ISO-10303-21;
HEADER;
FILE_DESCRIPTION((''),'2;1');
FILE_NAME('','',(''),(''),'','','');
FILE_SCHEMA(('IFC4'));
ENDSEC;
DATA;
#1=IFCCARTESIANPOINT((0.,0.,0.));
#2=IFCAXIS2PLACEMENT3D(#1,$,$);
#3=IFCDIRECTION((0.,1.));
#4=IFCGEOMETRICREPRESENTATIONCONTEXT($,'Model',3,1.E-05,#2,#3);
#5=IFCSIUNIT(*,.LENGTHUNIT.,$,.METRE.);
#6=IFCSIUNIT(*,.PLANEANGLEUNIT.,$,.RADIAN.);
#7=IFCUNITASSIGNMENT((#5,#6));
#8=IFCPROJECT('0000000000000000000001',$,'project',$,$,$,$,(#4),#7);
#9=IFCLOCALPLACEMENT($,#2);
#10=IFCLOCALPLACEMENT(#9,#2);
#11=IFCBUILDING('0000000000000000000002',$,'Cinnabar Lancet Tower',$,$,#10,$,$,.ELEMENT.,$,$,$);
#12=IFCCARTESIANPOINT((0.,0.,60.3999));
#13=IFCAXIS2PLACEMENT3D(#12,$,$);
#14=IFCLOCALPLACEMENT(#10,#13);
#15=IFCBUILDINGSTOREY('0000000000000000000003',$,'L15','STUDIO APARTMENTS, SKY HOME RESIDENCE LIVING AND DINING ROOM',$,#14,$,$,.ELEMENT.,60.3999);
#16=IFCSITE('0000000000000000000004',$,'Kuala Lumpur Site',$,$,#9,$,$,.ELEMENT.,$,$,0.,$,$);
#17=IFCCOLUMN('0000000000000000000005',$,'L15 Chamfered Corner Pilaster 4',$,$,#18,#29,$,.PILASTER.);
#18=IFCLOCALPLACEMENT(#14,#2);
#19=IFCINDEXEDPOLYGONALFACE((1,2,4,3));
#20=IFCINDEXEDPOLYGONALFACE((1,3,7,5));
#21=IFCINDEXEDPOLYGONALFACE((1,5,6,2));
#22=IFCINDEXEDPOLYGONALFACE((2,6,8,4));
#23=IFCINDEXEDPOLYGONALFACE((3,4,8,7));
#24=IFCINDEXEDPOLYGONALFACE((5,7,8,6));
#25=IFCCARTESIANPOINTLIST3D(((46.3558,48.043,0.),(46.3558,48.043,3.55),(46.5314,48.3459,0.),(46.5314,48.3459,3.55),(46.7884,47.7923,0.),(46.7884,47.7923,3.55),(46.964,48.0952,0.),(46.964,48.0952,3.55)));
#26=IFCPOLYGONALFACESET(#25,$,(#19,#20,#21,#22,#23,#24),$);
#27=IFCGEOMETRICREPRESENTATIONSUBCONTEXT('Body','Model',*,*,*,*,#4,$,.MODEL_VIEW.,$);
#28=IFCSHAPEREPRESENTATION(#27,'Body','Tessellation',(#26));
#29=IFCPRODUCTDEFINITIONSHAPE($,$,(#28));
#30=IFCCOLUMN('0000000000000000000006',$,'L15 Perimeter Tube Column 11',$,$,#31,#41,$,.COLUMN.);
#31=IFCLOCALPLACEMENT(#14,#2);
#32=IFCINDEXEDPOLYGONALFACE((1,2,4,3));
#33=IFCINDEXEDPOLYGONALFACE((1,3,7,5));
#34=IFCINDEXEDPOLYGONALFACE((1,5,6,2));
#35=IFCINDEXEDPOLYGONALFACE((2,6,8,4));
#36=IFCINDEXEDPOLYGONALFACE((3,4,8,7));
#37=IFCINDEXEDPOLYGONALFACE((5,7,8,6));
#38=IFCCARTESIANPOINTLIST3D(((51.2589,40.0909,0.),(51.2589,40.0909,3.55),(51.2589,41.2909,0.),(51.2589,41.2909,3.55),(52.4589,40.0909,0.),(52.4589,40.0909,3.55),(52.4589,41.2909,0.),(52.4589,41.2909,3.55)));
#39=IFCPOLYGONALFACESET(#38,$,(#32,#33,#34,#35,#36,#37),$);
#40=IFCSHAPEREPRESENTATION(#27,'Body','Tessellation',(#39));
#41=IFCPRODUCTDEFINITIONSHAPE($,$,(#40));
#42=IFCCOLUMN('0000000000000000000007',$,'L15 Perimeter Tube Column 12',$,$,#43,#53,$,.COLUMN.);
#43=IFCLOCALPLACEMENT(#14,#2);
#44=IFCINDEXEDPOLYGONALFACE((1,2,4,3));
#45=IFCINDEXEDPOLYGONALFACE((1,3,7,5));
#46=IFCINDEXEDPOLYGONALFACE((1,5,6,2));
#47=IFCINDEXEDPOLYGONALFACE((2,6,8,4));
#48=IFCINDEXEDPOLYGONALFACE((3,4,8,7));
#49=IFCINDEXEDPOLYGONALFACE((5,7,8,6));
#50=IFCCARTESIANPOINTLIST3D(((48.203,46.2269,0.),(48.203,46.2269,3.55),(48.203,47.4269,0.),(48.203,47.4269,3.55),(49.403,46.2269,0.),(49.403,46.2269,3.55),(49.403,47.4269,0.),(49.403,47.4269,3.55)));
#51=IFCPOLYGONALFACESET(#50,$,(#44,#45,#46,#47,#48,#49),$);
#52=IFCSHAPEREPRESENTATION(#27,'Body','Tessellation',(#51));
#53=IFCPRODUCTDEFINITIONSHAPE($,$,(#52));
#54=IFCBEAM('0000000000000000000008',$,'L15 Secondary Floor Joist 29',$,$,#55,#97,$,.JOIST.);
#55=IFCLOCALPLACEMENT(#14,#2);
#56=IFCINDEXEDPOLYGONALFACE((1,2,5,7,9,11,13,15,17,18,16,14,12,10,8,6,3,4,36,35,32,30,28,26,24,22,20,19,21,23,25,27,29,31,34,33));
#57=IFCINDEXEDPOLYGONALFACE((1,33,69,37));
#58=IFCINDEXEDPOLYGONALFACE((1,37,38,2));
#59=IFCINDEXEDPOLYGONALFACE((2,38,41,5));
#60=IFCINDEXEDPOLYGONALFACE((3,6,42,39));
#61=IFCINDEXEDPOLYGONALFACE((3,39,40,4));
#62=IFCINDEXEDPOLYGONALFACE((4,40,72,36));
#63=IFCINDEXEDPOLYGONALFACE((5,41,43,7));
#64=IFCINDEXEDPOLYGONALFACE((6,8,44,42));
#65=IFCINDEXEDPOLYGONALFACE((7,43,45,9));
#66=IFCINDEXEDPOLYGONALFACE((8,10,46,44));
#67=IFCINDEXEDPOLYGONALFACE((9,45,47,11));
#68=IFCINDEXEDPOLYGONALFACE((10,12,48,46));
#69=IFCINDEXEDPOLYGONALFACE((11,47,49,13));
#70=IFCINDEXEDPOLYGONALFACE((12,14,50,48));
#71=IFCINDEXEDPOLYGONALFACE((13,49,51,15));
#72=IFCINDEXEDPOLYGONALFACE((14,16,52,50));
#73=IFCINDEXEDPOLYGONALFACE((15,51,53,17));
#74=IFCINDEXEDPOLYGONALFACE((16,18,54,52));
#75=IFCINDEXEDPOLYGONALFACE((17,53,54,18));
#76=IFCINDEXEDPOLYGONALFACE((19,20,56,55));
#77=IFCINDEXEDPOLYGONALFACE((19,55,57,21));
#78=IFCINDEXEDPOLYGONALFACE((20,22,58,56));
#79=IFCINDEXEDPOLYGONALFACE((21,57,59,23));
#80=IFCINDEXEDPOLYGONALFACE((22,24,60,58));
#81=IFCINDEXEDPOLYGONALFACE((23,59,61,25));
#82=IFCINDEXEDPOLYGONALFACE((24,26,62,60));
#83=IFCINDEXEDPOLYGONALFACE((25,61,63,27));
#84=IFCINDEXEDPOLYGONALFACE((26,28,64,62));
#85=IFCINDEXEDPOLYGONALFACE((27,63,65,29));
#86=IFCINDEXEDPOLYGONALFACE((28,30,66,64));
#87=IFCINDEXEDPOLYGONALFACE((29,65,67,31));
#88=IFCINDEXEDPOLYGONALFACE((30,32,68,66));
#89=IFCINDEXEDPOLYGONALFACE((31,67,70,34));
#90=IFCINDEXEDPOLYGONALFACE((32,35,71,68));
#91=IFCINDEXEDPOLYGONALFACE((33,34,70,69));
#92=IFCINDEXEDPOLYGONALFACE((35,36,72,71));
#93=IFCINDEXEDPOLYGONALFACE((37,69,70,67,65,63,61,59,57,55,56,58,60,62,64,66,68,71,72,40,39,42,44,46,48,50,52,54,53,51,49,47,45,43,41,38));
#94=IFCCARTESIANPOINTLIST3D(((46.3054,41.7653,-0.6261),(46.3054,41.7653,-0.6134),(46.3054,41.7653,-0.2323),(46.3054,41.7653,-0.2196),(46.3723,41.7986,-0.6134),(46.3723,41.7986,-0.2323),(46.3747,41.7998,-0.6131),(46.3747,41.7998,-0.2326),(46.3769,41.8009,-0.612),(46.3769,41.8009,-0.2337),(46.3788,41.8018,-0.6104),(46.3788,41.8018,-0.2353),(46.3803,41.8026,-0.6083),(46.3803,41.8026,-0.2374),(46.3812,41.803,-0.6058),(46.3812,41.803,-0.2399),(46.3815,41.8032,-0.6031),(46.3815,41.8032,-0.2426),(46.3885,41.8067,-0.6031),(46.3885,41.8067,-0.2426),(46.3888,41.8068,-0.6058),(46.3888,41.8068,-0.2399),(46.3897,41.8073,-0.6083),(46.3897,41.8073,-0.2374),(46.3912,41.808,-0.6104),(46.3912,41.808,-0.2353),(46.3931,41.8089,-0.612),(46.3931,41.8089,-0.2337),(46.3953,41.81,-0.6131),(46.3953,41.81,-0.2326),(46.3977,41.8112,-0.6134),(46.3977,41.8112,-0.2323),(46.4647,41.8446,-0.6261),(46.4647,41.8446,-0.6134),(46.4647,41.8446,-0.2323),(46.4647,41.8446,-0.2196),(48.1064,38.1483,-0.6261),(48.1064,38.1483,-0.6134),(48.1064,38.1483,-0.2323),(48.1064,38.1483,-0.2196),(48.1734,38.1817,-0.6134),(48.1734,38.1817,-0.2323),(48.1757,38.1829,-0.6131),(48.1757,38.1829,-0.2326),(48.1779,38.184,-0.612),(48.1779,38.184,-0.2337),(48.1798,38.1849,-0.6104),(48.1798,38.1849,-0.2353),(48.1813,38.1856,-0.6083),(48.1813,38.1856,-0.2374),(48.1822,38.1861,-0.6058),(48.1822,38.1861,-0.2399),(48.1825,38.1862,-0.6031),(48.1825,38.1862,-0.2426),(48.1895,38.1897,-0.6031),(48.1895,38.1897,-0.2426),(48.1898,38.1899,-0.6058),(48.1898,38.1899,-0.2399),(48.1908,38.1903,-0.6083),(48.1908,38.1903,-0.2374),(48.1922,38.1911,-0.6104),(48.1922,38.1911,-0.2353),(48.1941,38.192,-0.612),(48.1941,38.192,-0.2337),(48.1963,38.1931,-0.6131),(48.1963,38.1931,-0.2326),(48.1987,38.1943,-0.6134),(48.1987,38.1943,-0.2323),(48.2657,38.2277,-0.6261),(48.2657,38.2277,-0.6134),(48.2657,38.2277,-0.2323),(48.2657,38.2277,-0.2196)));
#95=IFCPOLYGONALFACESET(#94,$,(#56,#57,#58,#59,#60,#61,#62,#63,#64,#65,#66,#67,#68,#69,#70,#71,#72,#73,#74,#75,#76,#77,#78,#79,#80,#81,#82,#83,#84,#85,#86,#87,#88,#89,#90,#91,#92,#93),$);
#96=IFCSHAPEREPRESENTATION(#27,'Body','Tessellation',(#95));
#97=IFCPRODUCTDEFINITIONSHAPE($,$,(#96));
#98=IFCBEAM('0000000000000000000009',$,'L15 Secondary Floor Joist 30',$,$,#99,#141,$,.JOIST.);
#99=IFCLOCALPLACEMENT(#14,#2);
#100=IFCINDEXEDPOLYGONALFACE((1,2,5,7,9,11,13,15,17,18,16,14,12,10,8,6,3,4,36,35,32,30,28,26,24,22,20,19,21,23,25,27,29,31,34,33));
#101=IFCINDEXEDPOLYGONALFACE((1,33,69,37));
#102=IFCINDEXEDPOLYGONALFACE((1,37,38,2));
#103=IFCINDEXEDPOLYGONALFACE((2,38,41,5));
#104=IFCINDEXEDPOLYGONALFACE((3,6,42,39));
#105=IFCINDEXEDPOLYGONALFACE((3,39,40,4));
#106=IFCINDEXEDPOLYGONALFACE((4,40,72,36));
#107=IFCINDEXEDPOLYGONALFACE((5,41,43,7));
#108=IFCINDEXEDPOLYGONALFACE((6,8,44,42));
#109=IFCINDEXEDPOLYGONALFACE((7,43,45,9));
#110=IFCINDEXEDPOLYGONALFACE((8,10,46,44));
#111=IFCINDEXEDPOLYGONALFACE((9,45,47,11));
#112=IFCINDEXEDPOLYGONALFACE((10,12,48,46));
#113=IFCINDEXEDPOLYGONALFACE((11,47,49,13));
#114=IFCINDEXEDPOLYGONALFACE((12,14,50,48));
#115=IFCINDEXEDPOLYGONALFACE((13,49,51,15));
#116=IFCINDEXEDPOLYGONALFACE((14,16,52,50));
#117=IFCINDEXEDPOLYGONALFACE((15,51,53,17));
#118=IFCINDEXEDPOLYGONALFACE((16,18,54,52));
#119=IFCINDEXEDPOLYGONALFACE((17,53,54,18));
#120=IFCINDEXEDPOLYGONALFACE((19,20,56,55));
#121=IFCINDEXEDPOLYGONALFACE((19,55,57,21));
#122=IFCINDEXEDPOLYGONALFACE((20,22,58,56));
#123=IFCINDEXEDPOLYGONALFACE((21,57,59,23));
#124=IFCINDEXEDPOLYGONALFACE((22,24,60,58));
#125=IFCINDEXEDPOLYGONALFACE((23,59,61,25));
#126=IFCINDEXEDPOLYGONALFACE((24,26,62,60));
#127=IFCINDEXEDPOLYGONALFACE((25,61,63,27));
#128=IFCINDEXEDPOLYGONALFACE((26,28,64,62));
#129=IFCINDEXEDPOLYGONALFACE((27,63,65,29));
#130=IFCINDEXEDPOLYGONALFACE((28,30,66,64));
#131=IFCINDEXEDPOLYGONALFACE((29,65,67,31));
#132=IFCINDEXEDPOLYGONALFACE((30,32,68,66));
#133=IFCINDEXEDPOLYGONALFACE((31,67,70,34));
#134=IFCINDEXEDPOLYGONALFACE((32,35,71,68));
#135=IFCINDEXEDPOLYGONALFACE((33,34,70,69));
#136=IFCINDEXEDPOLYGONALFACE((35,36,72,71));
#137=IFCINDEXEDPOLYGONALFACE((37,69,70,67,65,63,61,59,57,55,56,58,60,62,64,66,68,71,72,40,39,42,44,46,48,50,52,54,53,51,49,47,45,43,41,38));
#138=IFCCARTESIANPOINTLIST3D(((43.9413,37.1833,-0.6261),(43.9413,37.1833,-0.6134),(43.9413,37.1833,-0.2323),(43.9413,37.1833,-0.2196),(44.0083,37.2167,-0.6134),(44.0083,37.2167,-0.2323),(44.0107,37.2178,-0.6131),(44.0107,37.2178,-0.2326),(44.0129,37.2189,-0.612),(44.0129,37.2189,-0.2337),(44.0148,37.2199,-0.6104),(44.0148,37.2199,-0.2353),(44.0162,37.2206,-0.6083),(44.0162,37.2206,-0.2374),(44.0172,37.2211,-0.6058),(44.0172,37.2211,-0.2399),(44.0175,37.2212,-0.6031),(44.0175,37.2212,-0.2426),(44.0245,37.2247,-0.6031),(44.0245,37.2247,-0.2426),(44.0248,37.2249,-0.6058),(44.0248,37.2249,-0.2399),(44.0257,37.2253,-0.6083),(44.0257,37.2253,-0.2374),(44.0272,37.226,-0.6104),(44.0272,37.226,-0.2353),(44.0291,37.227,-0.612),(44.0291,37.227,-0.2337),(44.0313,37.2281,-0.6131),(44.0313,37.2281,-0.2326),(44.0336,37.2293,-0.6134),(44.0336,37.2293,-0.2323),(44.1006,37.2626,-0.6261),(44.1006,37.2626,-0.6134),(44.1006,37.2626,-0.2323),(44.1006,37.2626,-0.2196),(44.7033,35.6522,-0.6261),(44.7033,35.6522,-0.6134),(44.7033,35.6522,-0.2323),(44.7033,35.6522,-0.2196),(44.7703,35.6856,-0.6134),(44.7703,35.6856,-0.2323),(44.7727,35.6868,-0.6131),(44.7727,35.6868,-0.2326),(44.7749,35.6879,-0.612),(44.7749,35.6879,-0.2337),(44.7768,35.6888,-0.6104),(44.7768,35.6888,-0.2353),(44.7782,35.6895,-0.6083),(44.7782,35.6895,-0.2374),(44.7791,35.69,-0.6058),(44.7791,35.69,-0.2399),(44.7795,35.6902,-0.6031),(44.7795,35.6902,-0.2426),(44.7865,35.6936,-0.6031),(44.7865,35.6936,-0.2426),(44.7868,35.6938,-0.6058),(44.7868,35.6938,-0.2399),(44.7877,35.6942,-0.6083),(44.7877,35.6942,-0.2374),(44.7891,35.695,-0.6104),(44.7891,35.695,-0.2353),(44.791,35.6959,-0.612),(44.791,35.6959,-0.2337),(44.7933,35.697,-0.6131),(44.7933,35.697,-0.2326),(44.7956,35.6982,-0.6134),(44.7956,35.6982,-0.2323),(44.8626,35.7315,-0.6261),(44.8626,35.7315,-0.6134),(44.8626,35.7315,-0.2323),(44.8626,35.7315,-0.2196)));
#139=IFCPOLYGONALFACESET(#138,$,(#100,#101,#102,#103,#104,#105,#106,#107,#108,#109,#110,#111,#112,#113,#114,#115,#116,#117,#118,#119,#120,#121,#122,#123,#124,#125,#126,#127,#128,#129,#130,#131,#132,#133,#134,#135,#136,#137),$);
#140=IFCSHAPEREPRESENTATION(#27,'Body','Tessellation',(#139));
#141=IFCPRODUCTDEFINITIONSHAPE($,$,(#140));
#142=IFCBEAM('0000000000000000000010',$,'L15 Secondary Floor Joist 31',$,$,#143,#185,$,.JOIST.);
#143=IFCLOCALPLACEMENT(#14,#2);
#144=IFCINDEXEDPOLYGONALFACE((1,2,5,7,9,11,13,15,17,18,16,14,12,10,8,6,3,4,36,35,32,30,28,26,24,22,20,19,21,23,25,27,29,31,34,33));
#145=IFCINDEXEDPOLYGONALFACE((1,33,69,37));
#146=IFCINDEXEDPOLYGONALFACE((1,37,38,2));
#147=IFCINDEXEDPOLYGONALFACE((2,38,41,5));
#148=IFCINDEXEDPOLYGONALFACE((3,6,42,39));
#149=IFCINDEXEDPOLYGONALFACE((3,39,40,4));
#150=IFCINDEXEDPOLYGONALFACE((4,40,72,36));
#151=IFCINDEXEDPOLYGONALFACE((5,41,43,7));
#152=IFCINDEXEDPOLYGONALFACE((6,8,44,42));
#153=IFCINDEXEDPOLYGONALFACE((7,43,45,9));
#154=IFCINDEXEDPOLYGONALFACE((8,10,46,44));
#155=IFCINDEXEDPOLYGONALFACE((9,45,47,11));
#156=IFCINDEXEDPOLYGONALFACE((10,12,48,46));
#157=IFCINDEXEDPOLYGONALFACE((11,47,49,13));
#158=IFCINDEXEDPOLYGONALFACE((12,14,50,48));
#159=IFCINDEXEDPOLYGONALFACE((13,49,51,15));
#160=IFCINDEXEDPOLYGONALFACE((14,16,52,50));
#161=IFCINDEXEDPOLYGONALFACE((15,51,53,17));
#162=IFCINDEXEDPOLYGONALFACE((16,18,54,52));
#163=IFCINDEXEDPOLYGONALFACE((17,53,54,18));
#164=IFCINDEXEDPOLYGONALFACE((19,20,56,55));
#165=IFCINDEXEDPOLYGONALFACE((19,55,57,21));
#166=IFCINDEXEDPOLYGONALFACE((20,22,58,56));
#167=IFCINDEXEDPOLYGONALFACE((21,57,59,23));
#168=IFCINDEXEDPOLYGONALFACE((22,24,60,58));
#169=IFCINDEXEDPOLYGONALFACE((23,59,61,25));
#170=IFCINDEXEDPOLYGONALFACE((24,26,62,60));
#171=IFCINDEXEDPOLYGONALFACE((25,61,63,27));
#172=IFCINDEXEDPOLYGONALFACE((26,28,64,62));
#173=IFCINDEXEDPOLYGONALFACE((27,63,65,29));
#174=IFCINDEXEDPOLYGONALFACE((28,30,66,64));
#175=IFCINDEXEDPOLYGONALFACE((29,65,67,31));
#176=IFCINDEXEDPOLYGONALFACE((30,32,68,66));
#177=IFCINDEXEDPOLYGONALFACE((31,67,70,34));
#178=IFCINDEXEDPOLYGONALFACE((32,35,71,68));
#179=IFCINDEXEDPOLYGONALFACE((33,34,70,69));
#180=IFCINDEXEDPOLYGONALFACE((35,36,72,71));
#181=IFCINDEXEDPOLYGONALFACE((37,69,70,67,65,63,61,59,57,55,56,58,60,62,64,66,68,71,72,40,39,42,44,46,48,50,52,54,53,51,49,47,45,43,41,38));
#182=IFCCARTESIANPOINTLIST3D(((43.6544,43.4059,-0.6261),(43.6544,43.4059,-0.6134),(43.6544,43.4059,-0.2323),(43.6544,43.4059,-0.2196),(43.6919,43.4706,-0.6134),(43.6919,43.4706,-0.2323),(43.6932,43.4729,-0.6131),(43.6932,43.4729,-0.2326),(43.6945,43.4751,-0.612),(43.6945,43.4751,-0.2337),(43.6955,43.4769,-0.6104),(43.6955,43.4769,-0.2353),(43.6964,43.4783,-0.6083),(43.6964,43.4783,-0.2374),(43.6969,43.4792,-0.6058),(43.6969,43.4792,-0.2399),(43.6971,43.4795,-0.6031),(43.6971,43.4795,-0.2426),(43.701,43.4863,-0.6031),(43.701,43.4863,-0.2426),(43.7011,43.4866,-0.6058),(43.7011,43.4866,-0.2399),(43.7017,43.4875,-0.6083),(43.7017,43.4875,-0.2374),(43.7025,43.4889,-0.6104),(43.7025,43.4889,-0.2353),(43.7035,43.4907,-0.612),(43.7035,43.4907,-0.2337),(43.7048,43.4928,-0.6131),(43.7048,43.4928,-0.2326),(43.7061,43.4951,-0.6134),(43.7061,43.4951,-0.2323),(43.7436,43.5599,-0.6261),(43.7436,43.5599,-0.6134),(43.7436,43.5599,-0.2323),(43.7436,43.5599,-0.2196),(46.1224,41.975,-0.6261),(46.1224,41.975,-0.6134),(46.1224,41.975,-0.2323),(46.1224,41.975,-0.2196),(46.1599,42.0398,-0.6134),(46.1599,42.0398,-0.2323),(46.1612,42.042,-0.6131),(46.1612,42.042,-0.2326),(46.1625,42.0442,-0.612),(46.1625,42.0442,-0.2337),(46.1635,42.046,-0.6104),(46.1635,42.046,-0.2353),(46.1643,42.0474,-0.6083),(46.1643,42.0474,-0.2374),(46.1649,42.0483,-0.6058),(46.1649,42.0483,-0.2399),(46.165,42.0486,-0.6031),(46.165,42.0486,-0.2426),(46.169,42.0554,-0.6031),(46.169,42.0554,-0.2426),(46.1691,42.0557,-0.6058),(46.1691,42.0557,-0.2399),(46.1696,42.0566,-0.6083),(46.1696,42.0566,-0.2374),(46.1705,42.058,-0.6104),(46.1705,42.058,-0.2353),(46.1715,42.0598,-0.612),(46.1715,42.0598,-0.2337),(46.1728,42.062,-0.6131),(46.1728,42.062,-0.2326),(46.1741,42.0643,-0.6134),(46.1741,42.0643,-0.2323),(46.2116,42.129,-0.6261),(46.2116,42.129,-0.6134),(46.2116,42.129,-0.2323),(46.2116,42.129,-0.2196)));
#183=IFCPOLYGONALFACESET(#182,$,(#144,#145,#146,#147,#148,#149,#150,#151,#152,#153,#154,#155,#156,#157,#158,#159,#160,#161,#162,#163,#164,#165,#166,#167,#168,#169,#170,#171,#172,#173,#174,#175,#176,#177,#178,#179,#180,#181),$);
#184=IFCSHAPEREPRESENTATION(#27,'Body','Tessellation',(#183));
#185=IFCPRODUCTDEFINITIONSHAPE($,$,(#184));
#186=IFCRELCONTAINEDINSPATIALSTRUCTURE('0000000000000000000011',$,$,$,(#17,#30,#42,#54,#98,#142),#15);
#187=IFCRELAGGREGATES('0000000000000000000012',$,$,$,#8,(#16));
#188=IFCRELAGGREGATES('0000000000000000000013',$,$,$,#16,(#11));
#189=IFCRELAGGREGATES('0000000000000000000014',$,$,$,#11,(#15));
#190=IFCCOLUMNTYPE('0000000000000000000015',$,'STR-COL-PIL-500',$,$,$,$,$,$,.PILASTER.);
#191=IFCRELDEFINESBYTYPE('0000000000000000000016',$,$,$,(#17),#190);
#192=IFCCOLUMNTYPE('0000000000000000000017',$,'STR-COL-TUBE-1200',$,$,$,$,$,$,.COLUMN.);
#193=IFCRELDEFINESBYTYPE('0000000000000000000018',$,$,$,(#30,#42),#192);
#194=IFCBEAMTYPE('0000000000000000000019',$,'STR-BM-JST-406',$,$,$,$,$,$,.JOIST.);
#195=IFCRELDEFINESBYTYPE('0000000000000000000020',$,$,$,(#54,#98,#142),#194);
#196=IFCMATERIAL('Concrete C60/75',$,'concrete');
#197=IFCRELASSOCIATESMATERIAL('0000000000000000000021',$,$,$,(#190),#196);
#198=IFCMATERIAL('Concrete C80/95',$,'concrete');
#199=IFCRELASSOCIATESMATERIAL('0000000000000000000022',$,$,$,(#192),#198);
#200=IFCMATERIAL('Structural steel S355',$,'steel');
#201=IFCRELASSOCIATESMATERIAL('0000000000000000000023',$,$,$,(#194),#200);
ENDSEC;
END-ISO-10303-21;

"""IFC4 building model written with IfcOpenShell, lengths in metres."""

from ifc_helpers import new_model, si_unit, direction, frame, origin, origin_2d, place, context, subcontext, project, spatial, rectangle, i_section, extrude, material, material_profile, profile_set, type_object, element, save


model = new_model("IFC4")

# Units and contexts
model_context = context("Model", 3, precision=1e-05, world=origin(), true_north=direction((0.0, 1.0)))
body_context = subcontext(model_context, "Body", "Model", "MODEL_VIEW")
ifc_project = project(units=[si_unit("LENGTHUNIT", "METRE"), si_unit("PLANEANGLEUNIT", "RADIAN")], contexts=[model_context])

# Site, building, storey
site_placement = place(None, origin())
site = spatial("IfcSite", under=ifc_project, at=site_placement, Name="Kuala Lumpur Site", CompositionType="ELEMENT", RefElevation=0.0)
building_placement = place(site_placement, origin())
building = spatial("IfcBuilding", under=site, at=building_placement, Name="Cinnabar Lancet Tower", CompositionType="ELEMENT")
storey_placement = place(building_placement, frame((0.0, 0.0, 60.3999)))
storey = spatial("IfcBuildingStorey", under=building, at=storey_placement, Name="L15", Description="STUDIO APARTMENTS, SKY HOME RESIDENCE LIVING AND DINING ROOM", CompositionType="ELEMENT", Elevation=60.3999)

# Columns
ifc_material_1 = material(Name="Concrete C60/75", Category="concrete")
ifc_material_profile_1 = material_profile(ifc_material_1, rectangle(XDim=0.5, YDim=0.3501, at=origin_2d()), Name="RC-PIL 500x350")
ifc_profile_set_1 = profile_set([ifc_material_profile_1], Name="Concrete C60/75")
column_type_1 = type_object("IfcColumnType", Name="STR-COL-PIL-500", PredefinedType="PILASTER", material=ifc_profile_set_1)
column_placement = place(storey_placement, frame((46.6599, 48.0691, 0.0), z_axis=(0.0, 0.0, 1.0), x_axis=(-0.865195, 0.501435, 0.0)))
element("IfcColumn", 1, at=column_placement, inside=storey, type_object=column_type_1, Name="L15 Chamfered Corner Pilaster 4", PredefinedType="PILASTER", context=body_context, shape_type="SweptSolid", body=[
    extrude(rectangle(XDim=0.5, YDim=0.3501, at=origin_2d()), origin(), (0.0, 0.0, 1.0), 3.55),
])
ifc_material_2 = material(Name="Concrete C80/95", Category="concrete")
ifc_material_profile_2 = material_profile(ifc_material_2, rectangle(XDim=1.2, YDim=1.2, at=origin_2d()), Name="RC-COL 1200x1200")
ifc_profile_set_2 = profile_set([ifc_material_profile_2], Name="Concrete C80/95")
column_type_2 = type_object("IfcColumnType", Name="STR-COL-TUBE-1200", PredefinedType="COLUMN", material=ifc_profile_set_2)
for number, where, z_axis, x_axis, name in (
    (2, (51.8589, 40.6909, 0.0), (0.0, 0.0, 1.0), (1.0, 0.0, 0.0), "L15 Perimeter Tube Column 11"),
    (3, (48.803, 46.8269, 0.0), (0.0, 0.0, 1.0), (1.0, 0.0, 0.0), "L15 Perimeter Tube Column 12"),
):
    element("IfcColumn", number, at=place(storey_placement, frame(where, z_axis=z_axis, x_axis=x_axis)), inside=storey, type_object=column_type_2, Name=name, PredefinedType="COLUMN", context=body_context, shape_type="SweptSolid", body=[
        extrude(rectangle(XDim=1.2, YDim=1.2, at=origin_2d()), origin(), (0.0, 0.0, 1.0), 3.55),
    ])

# Beams
ifc_material_3 = material(Name="Structural steel S355", Category="steel")
ifc_material_profile_3 = material_profile(ifc_material_3, i_section(OverallWidth=0.178, OverallDepth=0.4065, WebThickness=0.0078, FlangeThickness=0.0127, FilletRadius=0.0103, at=origin_2d()), Name="UKB 406x178x60")
ifc_profile_set_3 = profile_set([ifc_material_profile_3], Name="Structural steel S355")
beam_type_1 = type_object("IfcBeamType", Name="STR-BM-JST-406", PredefinedType="JOIST", material=ifc_profile_set_3)
beam_1_placement = place(storey_placement, frame((48.186, 38.188, -0.4229), z_axis=(-0.445739, 0.895163, 0.0), x_axis=(-0.895163, -0.445739, 0.0)))
element("IfcBeam", 4, at=beam_1_placement, inside=storey, type_object=beam_type_1, Name="L15 Secondary Floor Joist 29", PredefinedType="JOIST", context=body_context, shape_type="SweptSolid", body=[
    extrude(i_section(OverallWidth=0.178, OverallDepth=0.4065, WebThickness=0.0078, FlangeThickness=0.0127, FilletRadius=0.0103, at=origin_2d()), origin(), (0.0, 0.0, 1.0), 4.0405),
])
beam_2_placement = place(storey_placement, frame((44.783, 35.6919, -0.4229), z_axis=(-0.445557, 0.895254, 0.0), x_axis=(-0.895254, -0.445557, 0.0)))
element("IfcBeam", 5, at=beam_2_placement, inside=storey, type_object=beam_type_1, Name="L15 Secondary Floor Joist 30", PredefinedType="JOIST", context=body_context, shape_type="SweptSolid", body=[
    extrude(i_section(OverallWidth=0.178, OverallDepth=0.4065, WebThickness=0.0078, FlangeThickness=0.0127, FilletRadius=0.0103, at=origin_2d()), origin(), (0.0, 0.0, 1.0), 1.7102),
])
beam_3_placement = place(storey_placement, frame((46.167, 42.052, -0.4229), z_axis=(-0.865114, 0.501576, 0.0), x_axis=(-0.501576, -0.865114, 0.0)))
element("IfcBeam", 6, at=beam_3_placement, inside=storey, type_object=beam_type_1, Name="L15 Secondary Floor Joist 31", PredefinedType="JOIST", context=body_context, shape_type="SweptSolid", body=[
    extrude(i_section(OverallWidth=0.178, OverallDepth=0.4065, WebThickness=0.0078, FlangeThickness=0.0127, FilletRadius=0.0103, at=origin_2d()), origin(), (0.0, 0.0, 1.0), 2.8528),
])

save(model, "model.ifc")
